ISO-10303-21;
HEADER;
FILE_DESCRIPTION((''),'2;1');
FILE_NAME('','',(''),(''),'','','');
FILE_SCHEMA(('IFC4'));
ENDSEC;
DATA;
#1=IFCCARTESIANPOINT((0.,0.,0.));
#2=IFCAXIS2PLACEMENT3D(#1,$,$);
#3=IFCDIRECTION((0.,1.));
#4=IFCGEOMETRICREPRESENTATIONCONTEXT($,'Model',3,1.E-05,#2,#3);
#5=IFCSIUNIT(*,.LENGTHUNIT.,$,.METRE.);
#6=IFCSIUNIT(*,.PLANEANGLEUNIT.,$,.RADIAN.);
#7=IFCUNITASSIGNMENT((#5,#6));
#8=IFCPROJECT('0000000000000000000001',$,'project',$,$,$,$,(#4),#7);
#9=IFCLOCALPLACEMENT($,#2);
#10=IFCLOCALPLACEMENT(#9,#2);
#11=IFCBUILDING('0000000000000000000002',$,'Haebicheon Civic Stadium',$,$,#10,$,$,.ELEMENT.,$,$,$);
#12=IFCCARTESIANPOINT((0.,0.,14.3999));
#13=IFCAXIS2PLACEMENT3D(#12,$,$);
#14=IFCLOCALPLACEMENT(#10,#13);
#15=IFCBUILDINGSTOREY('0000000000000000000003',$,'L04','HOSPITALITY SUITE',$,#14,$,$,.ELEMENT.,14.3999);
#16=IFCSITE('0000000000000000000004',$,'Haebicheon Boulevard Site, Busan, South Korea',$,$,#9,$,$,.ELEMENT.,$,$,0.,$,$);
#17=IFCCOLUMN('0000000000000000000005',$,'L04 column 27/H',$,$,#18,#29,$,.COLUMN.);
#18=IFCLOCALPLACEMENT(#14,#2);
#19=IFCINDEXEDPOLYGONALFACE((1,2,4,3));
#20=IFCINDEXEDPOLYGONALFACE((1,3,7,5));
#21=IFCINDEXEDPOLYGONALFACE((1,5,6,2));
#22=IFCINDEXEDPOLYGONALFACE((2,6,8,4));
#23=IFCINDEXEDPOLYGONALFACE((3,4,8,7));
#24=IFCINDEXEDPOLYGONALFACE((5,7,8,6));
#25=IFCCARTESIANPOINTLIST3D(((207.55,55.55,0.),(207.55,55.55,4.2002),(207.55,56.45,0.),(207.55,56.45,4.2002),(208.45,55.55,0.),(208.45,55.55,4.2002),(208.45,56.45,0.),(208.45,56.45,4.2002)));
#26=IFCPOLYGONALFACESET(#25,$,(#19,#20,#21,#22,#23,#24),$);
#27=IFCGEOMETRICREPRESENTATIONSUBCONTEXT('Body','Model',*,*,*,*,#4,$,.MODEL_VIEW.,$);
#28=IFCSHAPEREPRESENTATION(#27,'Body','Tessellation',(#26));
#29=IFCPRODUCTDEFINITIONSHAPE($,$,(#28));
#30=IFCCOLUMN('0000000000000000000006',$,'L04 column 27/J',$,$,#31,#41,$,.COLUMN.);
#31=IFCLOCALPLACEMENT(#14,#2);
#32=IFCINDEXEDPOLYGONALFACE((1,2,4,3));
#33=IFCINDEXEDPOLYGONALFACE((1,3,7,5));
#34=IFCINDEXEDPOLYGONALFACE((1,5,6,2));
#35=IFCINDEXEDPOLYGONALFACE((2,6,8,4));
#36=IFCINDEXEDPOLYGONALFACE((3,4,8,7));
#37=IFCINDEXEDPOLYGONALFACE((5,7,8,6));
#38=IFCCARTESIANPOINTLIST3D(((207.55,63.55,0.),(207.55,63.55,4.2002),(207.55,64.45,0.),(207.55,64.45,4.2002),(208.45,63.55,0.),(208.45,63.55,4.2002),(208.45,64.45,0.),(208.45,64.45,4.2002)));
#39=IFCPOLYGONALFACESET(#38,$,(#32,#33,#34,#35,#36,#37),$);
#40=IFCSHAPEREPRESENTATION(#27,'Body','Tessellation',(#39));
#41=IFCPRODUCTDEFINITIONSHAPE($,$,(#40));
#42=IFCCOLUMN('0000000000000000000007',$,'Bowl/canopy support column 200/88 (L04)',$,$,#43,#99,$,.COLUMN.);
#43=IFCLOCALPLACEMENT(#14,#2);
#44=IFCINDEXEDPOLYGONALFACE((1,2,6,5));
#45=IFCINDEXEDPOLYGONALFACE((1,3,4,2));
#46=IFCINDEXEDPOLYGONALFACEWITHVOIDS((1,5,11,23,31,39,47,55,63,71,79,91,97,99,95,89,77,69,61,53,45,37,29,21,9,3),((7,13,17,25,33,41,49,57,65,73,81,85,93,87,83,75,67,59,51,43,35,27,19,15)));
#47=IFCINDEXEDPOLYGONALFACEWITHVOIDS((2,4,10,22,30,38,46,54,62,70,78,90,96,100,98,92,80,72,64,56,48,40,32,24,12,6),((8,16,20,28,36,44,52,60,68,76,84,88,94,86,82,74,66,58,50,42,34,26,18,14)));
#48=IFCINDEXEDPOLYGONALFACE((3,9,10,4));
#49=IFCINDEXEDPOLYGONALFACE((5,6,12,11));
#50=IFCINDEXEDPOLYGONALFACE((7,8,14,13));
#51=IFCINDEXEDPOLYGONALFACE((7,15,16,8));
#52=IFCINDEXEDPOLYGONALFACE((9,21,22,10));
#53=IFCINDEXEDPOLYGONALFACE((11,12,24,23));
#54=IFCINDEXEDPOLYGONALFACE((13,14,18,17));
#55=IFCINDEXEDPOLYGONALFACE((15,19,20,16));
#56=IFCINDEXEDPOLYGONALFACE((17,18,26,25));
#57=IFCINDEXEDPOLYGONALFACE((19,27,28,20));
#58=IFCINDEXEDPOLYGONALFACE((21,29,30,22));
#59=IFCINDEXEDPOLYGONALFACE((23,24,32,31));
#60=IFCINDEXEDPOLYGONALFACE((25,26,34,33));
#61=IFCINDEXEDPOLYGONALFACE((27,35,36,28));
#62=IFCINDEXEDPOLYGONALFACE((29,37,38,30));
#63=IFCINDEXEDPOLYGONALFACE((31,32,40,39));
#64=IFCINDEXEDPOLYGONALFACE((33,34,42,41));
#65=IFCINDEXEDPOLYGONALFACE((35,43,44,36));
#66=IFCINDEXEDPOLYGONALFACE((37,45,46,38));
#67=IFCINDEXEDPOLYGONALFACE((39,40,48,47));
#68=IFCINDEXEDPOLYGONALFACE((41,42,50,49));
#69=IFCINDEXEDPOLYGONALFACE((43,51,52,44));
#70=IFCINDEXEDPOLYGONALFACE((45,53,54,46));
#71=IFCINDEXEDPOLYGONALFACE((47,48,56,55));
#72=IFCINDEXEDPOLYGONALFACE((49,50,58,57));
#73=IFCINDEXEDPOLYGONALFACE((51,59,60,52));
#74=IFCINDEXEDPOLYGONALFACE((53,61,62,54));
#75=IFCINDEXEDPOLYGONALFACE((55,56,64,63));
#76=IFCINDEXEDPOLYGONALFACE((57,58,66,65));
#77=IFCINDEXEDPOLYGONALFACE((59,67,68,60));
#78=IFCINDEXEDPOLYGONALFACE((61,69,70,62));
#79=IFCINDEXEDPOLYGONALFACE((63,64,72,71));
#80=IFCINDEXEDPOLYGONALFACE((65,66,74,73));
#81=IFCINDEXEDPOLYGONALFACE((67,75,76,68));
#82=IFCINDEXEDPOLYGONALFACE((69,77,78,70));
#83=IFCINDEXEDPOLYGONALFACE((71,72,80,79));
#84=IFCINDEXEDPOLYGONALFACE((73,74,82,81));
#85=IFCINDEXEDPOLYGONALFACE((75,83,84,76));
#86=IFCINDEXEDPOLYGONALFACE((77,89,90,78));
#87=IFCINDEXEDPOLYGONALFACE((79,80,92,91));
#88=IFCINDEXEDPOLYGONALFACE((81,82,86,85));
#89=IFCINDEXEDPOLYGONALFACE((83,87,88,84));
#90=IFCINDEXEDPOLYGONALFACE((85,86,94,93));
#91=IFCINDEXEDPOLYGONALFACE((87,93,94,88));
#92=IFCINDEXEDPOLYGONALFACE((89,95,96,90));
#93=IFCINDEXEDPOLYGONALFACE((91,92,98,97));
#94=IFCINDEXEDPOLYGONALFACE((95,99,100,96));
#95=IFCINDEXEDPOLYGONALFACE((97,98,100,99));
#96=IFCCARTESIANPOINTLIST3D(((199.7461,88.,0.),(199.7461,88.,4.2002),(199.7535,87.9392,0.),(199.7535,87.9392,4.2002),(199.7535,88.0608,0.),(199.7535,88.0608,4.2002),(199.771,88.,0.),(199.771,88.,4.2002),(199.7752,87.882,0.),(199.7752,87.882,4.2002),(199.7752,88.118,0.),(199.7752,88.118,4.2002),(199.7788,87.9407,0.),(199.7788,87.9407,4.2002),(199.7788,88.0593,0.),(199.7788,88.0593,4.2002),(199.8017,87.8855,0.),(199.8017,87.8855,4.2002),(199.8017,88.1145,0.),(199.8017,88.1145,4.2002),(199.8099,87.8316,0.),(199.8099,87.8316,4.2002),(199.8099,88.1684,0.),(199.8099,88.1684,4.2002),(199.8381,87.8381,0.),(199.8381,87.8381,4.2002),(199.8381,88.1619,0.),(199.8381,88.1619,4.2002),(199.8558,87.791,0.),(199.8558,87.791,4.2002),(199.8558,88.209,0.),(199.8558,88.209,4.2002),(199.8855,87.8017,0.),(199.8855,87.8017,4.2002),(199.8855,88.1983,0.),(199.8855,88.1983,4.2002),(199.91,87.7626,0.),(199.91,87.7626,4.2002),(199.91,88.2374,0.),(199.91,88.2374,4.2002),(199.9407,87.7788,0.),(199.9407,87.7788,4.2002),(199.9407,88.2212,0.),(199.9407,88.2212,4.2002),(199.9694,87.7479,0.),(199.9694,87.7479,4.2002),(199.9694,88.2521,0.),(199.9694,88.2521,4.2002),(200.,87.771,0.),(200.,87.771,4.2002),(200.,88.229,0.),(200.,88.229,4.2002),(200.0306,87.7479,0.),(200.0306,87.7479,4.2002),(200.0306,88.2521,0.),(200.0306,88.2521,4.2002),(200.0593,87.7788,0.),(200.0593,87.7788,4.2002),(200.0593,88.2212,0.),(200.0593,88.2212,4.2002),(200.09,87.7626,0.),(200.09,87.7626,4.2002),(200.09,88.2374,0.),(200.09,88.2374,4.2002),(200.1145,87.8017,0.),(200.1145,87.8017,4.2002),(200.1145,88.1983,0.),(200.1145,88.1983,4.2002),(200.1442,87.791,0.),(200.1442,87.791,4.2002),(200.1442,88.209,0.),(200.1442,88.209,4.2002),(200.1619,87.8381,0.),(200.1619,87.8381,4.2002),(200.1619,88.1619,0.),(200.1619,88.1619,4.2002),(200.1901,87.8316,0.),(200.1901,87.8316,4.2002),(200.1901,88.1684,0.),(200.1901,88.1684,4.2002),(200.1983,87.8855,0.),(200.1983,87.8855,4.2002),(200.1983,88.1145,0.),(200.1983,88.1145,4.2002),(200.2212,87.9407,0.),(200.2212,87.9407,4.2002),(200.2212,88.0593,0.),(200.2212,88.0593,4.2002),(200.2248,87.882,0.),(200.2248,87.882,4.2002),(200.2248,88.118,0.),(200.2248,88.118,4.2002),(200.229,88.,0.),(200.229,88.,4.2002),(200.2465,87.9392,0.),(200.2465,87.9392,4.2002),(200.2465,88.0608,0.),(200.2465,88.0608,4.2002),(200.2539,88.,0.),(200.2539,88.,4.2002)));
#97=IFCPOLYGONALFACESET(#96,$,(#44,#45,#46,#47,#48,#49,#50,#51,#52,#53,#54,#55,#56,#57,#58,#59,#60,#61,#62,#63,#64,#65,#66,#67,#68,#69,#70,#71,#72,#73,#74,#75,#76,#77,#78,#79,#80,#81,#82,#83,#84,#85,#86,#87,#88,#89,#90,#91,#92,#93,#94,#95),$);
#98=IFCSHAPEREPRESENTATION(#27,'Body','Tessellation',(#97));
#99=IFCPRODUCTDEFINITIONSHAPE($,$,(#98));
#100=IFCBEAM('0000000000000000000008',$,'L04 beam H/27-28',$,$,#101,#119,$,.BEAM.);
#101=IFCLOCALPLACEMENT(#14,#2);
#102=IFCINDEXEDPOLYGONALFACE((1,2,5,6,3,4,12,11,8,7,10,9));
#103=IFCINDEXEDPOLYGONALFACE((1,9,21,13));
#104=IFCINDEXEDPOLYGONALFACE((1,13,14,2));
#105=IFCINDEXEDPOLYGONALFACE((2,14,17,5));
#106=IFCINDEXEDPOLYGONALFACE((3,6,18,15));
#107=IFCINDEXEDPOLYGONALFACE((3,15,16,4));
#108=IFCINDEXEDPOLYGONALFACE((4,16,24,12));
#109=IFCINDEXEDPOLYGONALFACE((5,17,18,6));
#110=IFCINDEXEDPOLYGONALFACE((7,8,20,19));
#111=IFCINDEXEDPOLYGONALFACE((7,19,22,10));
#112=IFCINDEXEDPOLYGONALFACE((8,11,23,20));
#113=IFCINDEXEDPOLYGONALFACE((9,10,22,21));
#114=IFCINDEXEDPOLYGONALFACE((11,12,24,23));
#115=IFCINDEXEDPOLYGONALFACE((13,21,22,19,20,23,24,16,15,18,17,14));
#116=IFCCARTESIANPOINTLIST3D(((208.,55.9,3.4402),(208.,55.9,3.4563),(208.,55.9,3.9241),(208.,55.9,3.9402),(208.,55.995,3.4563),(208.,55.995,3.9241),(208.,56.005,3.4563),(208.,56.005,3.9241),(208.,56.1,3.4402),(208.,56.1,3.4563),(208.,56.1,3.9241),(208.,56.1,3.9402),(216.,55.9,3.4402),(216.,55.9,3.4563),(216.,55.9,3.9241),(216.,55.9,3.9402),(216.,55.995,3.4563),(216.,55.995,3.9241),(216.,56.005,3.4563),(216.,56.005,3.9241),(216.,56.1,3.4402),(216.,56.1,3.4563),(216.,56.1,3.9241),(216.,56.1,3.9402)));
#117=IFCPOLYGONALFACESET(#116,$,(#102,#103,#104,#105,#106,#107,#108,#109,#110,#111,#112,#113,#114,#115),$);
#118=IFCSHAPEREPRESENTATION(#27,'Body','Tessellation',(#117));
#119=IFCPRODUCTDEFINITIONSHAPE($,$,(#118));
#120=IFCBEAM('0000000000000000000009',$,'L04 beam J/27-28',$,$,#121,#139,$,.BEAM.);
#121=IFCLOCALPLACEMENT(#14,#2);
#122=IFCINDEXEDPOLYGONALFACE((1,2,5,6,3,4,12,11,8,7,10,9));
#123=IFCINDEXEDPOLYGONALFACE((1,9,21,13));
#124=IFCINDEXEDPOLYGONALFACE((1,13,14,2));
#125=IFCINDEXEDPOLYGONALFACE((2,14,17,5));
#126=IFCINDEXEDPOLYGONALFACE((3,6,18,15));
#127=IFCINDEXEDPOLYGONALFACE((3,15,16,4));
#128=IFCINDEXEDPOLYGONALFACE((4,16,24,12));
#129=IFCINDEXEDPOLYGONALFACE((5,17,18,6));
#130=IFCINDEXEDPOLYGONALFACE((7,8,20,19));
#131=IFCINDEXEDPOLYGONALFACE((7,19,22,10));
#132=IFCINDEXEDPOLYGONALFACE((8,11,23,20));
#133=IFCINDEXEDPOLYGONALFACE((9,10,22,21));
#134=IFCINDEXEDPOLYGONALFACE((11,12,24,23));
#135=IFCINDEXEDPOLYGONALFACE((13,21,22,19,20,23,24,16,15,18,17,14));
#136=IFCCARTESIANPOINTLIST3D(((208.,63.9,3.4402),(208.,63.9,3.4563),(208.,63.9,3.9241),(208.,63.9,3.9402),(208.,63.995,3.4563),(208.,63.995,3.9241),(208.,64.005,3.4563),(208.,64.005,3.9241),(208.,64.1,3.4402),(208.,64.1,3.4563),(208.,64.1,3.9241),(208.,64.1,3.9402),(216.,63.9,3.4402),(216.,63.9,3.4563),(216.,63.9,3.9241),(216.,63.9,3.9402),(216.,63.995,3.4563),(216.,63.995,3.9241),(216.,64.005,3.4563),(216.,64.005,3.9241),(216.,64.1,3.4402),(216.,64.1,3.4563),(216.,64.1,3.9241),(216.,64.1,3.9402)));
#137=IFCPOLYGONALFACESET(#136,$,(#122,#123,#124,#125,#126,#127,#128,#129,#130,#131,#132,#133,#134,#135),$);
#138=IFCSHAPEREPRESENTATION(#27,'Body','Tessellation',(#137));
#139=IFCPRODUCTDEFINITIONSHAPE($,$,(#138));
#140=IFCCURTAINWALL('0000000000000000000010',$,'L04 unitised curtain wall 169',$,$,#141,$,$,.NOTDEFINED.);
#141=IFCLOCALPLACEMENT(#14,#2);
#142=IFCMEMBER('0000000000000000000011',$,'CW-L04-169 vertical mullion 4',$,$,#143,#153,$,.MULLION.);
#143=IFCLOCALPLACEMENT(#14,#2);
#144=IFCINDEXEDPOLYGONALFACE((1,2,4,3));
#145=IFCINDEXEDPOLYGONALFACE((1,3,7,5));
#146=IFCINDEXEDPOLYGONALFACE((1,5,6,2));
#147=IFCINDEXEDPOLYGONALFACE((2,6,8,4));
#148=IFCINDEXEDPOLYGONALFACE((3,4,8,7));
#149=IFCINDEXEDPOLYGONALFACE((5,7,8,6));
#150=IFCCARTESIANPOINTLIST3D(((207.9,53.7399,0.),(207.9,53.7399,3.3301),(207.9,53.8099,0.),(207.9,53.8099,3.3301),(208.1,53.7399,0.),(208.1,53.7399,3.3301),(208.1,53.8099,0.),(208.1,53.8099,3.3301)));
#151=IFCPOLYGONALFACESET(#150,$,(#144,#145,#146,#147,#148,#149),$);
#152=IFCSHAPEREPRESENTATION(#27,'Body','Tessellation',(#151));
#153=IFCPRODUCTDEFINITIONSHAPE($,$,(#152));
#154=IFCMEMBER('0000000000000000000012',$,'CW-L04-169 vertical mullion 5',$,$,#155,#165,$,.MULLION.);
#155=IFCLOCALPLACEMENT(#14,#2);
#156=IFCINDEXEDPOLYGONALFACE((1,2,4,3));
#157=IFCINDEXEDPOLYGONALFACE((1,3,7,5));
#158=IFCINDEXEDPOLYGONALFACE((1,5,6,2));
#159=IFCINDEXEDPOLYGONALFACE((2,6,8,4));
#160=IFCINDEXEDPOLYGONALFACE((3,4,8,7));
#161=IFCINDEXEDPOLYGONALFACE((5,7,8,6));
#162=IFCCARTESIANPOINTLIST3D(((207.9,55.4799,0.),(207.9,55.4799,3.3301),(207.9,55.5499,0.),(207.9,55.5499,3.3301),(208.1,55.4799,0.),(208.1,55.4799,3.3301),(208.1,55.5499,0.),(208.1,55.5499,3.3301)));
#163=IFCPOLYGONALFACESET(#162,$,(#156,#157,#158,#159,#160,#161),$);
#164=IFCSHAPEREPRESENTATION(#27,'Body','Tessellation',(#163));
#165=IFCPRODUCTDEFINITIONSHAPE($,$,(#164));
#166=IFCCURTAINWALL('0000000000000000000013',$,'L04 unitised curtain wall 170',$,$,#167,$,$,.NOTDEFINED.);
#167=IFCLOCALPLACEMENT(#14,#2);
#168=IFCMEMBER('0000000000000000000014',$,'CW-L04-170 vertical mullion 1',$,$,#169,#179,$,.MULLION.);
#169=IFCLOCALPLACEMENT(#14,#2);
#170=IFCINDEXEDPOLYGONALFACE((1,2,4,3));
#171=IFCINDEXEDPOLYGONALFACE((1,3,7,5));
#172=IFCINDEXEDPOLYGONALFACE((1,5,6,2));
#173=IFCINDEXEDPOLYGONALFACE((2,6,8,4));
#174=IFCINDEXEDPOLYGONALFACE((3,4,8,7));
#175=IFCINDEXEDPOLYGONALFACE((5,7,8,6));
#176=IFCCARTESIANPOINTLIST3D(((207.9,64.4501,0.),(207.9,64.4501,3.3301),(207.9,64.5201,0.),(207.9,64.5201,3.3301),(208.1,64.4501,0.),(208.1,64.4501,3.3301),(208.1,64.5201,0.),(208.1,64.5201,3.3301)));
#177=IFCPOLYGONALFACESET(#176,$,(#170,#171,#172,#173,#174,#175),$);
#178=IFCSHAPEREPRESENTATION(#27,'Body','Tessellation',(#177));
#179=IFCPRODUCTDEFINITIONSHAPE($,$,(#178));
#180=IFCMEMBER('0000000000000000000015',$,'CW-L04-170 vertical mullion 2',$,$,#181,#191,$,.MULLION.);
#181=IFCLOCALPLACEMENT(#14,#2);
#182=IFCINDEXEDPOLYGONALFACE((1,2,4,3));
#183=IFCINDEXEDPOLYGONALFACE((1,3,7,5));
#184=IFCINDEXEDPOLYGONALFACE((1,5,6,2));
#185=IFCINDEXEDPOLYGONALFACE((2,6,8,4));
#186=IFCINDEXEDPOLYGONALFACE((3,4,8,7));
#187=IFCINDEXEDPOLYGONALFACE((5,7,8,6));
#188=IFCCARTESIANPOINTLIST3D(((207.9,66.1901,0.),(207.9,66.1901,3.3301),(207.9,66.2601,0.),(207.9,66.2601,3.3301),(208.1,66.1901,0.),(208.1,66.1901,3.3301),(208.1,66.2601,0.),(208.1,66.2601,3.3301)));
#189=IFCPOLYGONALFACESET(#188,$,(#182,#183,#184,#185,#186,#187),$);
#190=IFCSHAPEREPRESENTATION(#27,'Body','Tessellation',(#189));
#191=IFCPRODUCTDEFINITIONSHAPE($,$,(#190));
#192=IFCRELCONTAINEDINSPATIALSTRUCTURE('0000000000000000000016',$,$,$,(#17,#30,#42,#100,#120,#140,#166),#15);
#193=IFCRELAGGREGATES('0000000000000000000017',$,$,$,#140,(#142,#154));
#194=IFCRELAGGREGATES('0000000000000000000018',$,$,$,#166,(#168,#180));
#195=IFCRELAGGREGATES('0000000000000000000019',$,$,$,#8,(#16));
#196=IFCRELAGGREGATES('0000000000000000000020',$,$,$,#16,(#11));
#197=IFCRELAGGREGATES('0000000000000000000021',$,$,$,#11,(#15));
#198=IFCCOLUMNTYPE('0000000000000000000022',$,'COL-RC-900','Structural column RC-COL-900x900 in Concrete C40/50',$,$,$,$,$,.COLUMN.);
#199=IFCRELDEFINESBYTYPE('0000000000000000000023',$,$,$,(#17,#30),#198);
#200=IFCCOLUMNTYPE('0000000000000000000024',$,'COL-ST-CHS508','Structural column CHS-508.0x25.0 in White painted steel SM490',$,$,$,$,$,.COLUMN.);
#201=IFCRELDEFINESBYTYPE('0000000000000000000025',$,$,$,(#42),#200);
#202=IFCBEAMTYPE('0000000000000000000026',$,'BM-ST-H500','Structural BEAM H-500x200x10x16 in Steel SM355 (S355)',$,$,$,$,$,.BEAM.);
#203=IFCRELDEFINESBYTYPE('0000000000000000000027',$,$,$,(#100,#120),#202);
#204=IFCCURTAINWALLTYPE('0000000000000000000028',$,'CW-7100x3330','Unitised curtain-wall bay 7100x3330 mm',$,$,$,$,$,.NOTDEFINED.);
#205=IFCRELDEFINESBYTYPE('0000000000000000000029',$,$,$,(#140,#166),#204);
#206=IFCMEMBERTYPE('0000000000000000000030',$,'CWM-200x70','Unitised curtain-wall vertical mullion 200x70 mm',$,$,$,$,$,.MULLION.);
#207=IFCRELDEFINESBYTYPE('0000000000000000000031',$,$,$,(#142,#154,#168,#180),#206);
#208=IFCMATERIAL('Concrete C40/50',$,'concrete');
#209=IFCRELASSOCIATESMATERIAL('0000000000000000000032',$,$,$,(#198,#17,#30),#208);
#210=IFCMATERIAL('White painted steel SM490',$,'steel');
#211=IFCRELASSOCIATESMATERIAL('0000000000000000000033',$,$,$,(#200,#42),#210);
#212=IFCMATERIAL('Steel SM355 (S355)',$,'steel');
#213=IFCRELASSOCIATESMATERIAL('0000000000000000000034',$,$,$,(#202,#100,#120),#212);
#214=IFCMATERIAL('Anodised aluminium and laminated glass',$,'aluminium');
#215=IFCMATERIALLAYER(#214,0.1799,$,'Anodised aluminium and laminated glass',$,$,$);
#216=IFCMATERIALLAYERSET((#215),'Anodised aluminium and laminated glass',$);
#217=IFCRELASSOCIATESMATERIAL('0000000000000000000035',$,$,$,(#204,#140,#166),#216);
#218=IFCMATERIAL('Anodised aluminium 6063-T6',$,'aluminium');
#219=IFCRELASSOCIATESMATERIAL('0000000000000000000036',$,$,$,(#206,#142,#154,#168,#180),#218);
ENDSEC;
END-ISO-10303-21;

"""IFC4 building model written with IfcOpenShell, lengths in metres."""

from ifc_helpers import new_model, si_unit, direction, frame, origin, origin_2d, place, context, subcontext, project, spatial, rectangle, hollow_circle, i_section, extrude, material, layer, layer_set, material_profile, profile_set, type_object, element, aggregate, save


model = new_model("IFC4")

# Units and contexts
model_context = context("Model", 3, precision=1e-05, world=origin(), true_north=direction((0.0, 1.0)))
body_context = subcontext(model_context, "Body", "Model", "MODEL_VIEW")
ifc_project = project(units=[si_unit("LENGTHUNIT", "METRE"), si_unit("PLANEANGLEUNIT", "RADIAN")], contexts=[model_context])

# Site, building, storey
site_placement = place(None, origin())
site = spatial("IfcSite", under=ifc_project, at=site_placement, Name="Haebicheon Boulevard Site, Busan, South Korea", CompositionType="ELEMENT", RefElevation=0.0)
building_placement = place(site_placement, origin())
building = spatial("IfcBuilding", under=site, at=building_placement, Name="Haebicheon Civic Stadium", CompositionType="ELEMENT")
storey_placement = place(building_placement, frame((0.0, 0.0, 14.3999)))
storey = spatial("IfcBuildingStorey", under=building, at=storey_placement, Name="L04", Description="HOSPITALITY SUITE", CompositionType="ELEMENT", Elevation=14.3999)

# Columns
ifc_material_1 = material(Name="Concrete C40/50", Category="concrete")
ifc_material_profile_1 = material_profile(ifc_material_1, rectangle(XDim=0.8999, YDim=0.8999, at=origin_2d()), Name="RC-COL-900x900")
ifc_profile_set_1 = profile_set([ifc_material_profile_1], Name="Concrete C40/50")
column_type_1 = type_object("IfcColumnType", Name="COL-RC-900", Description="Structural column RC-COL-900x900 in Concrete C40/50", PredefinedType="COLUMN", material=ifc_profile_set_1)
for number, where, z_axis, x_axis, name in (
    (1, (208.0, 56.0, 0.0), (0.0, 0.0, 1.0), (1.0, 0.0, 0.0), "L04 column 27/H"),
    (2, (208.0, 64.0, 0.0), (0.0, 0.0, 1.0), (1.0, 0.0, 0.0), "L04 column 27/J"),
):
    element("IfcColumn", number, at=place(storey_placement, frame(where, z_axis=z_axis, x_axis=x_axis)), inside=storey, type_object=column_type_1, material=ifc_profile_set_1, Name=name, PredefinedType="COLUMN", context=body_context, shape_type="SweptSolid", body=[
        extrude(rectangle(XDim=0.8999, YDim=0.8999, at=origin_2d()), origin(), (0.0, 0.0, 1.0), 4.2002),
    ])
ifc_material_2 = material(Name="White painted steel SM490", Category="steel")
ifc_material_profile_2 = material_profile(ifc_material_2, hollow_circle(Radius=0.2539, WallThickness=0.0249, at=origin_2d()), Name="CHS-508.0x25.0")
ifc_profile_set_2 = profile_set([ifc_material_profile_2], Name="White painted steel SM490")
column_type_2 = type_object("IfcColumnType", Name="COL-ST-CHS508", Description="Structural column CHS-508.0x25.0 in White painted steel SM490", PredefinedType="COLUMN", material=ifc_profile_set_2)
column_placement = place(storey_placement, frame((200.0, 88.0, 0.0), z_axis=(0.0, 0.0, 1.0), x_axis=(1.0, 0.0, 0.0)))
element("IfcColumn", 3, at=column_placement, inside=storey, type_object=column_type_2, material=ifc_profile_set_2, Name="Bowl/canopy support column 200/88 (L04)", PredefinedType="COLUMN", context=body_context, shape_type="SweptSolid", body=[
    extrude(hollow_circle(Radius=0.2539, WallThickness=0.0249, at=origin_2d()), origin(), (0.0, 0.0, 1.0), 4.2002),
])

# Beams
ifc_material_3 = material(Name="Steel SM355 (S355)", Category="steel")
ifc_material_profile_3 = material_profile(ifc_material_3, i_section(OverallWidth=0.2, OverallDepth=0.5, WebThickness=0.01, FlangeThickness=0.0161, at=origin_2d()), Name="H-500x200x10x16")
ifc_profile_set_3 = profile_set([ifc_material_profile_3], Name="Steel SM355 (S355)")
beam_type_1 = type_object("IfcBeamType", Name="BM-ST-H500", Description="Structural BEAM H-500x200x10x16 in Steel SM355 (S355)", PredefinedType="BEAM", material=ifc_profile_set_3)
for number, where, z_axis, x_axis, name in (
    (4, (208.0, 56.0, 3.6902), (1.0, 0.0, 0.0), (0.0, 1.0, 0.0), "L04 beam H/27-28"),
    (5, (208.0, 64.0, 3.6902), (1.0, 0.0, 0.0), (0.0, 1.0, 0.0), "L04 beam J/27-28"),
):
    element("IfcBeam", number, at=place(storey_placement, frame(where, z_axis=z_axis, x_axis=x_axis)), inside=storey, type_object=beam_type_1, material=ifc_profile_set_3, Name=name, PredefinedType="BEAM", context=body_context, shape_type="SweptSolid", body=[
        extrude(i_section(OverallWidth=0.2, OverallDepth=0.5, WebThickness=0.01, FlangeThickness=0.0161, at=origin_2d()), origin(), (0.0, 0.0, 1.0), 8.0),
    ])

# Curtain walls, members
ifc_material_4 = material(Name="Anodised aluminium and laminated glass", Category="aluminium")
ifc_layer_1 = layer(ifc_material_4, 0.1799, Name="Anodised aluminium and laminated glass")
ifc_layer_set_1 = layer_set([ifc_layer_1], Name="Anodised aluminium and laminated glass")
curtain_wall_type = type_object("IfcCurtainWallType", Name="CW-7100x3330", Description="Unitised curtain-wall bay 7100x3330 mm", PredefinedType="NOTDEFINED", material=ifc_layer_set_1)
curtain_wall_1_placement = place(storey_placement, origin())
curtain_wall_1 = element("IfcCurtainWall", 6, at=curtain_wall_1_placement, inside=storey, type_object=curtain_wall_type, material=ifc_layer_set_1, Name="L04 unitised curtain wall 169", PredefinedType="NOTDEFINED")
ifc_material_5 = material(Name="Anodised aluminium 6063-T6", Category="aluminium")
ifc_material_profile_4 = material_profile(ifc_material_5, rectangle(XDim=0.0701, YDim=0.2, at=origin_2d()), Name="ALU-MULL-70x200")
ifc_profile_set_4 = profile_set([ifc_material_profile_4], Name="Anodised aluminium 6063-T6")
member_type_1 = type_object("IfcMemberType", Name="CWM-200x70", Description="Unitised curtain-wall vertical mullion 200x70 mm", PredefinedType="MULLION", material=ifc_profile_set_4)
member_1_placement = place(storey_placement, frame((208.0, 53.7749, 0.0), z_axis=(0.0, 0.0, 1.0), x_axis=(0.0, 1.0, 0.0)))
member_1 = element("IfcMember", 7, at=member_1_placement, type_object=member_type_1, material=ifc_profile_set_4, Name="CW-L04-169 vertical mullion 4", PredefinedType="MULLION", context=body_context, shape_type="SweptSolid", body=[
    extrude(rectangle(XDim=0.0701, YDim=0.2, at=origin_2d()), origin(), (0.0, 0.0, 1.0), 3.3301),
])
member_2_placement = place(storey_placement, frame((208.0, 55.5149, 0.0), z_axis=(0.0, 0.0, 1.0), x_axis=(0.0, 1.0, 0.0)))
member_2 = element("IfcMember", 8, at=member_2_placement, type_object=member_type_1, material=ifc_profile_set_4, Name="CW-L04-169 vertical mullion 5", PredefinedType="MULLION", context=body_context, shape_type="SweptSolid", body=[
    extrude(rectangle(XDim=0.0701, YDim=0.2, at=origin_2d()), origin(), (0.0, 0.0, 1.0), 3.3301),
])
curtain_wall_2_placement = place(storey_placement, origin())
curtain_wall_2 = element("IfcCurtainWall", 9, at=curtain_wall_2_placement, inside=storey, type_object=curtain_wall_type, material=ifc_layer_set_1, Name="L04 unitised curtain wall 170", PredefinedType="NOTDEFINED")
member_3_placement = place(storey_placement, frame((208.0, 64.4851, 0.0), z_axis=(0.0, 0.0, 1.0), x_axis=(0.0, 1.0, 0.0)))
member_3 = element("IfcMember", 10, at=member_3_placement, type_object=member_type_1, material=ifc_profile_set_4, Name="CW-L04-170 vertical mullion 1", PredefinedType="MULLION", context=body_context, shape_type="SweptSolid", body=[
    extrude(rectangle(XDim=0.0701, YDim=0.2, at=origin_2d()), origin(), (0.0, 0.0, 1.0), 3.3301),
])
member_4_placement = place(storey_placement, frame((208.0, 66.2251, 0.0), z_axis=(0.0, 0.0, 1.0), x_axis=(0.0, 1.0, 0.0)))
member_4 = element("IfcMember", 11, at=member_4_placement, type_object=member_type_1, material=ifc_profile_set_4, Name="CW-L04-170 vertical mullion 2", PredefinedType="MULLION", context=body_context, shape_type="SweptSolid", body=[
    extrude(rectangle(XDim=0.0701, YDim=0.2, at=origin_2d()), origin(), (0.0, 0.0, 1.0), 3.3301),
])

aggregate(curtain_wall_1, [member_1, member_2])
aggregate(curtain_wall_2, [member_3, member_4])

save(model, "model.ifc")
